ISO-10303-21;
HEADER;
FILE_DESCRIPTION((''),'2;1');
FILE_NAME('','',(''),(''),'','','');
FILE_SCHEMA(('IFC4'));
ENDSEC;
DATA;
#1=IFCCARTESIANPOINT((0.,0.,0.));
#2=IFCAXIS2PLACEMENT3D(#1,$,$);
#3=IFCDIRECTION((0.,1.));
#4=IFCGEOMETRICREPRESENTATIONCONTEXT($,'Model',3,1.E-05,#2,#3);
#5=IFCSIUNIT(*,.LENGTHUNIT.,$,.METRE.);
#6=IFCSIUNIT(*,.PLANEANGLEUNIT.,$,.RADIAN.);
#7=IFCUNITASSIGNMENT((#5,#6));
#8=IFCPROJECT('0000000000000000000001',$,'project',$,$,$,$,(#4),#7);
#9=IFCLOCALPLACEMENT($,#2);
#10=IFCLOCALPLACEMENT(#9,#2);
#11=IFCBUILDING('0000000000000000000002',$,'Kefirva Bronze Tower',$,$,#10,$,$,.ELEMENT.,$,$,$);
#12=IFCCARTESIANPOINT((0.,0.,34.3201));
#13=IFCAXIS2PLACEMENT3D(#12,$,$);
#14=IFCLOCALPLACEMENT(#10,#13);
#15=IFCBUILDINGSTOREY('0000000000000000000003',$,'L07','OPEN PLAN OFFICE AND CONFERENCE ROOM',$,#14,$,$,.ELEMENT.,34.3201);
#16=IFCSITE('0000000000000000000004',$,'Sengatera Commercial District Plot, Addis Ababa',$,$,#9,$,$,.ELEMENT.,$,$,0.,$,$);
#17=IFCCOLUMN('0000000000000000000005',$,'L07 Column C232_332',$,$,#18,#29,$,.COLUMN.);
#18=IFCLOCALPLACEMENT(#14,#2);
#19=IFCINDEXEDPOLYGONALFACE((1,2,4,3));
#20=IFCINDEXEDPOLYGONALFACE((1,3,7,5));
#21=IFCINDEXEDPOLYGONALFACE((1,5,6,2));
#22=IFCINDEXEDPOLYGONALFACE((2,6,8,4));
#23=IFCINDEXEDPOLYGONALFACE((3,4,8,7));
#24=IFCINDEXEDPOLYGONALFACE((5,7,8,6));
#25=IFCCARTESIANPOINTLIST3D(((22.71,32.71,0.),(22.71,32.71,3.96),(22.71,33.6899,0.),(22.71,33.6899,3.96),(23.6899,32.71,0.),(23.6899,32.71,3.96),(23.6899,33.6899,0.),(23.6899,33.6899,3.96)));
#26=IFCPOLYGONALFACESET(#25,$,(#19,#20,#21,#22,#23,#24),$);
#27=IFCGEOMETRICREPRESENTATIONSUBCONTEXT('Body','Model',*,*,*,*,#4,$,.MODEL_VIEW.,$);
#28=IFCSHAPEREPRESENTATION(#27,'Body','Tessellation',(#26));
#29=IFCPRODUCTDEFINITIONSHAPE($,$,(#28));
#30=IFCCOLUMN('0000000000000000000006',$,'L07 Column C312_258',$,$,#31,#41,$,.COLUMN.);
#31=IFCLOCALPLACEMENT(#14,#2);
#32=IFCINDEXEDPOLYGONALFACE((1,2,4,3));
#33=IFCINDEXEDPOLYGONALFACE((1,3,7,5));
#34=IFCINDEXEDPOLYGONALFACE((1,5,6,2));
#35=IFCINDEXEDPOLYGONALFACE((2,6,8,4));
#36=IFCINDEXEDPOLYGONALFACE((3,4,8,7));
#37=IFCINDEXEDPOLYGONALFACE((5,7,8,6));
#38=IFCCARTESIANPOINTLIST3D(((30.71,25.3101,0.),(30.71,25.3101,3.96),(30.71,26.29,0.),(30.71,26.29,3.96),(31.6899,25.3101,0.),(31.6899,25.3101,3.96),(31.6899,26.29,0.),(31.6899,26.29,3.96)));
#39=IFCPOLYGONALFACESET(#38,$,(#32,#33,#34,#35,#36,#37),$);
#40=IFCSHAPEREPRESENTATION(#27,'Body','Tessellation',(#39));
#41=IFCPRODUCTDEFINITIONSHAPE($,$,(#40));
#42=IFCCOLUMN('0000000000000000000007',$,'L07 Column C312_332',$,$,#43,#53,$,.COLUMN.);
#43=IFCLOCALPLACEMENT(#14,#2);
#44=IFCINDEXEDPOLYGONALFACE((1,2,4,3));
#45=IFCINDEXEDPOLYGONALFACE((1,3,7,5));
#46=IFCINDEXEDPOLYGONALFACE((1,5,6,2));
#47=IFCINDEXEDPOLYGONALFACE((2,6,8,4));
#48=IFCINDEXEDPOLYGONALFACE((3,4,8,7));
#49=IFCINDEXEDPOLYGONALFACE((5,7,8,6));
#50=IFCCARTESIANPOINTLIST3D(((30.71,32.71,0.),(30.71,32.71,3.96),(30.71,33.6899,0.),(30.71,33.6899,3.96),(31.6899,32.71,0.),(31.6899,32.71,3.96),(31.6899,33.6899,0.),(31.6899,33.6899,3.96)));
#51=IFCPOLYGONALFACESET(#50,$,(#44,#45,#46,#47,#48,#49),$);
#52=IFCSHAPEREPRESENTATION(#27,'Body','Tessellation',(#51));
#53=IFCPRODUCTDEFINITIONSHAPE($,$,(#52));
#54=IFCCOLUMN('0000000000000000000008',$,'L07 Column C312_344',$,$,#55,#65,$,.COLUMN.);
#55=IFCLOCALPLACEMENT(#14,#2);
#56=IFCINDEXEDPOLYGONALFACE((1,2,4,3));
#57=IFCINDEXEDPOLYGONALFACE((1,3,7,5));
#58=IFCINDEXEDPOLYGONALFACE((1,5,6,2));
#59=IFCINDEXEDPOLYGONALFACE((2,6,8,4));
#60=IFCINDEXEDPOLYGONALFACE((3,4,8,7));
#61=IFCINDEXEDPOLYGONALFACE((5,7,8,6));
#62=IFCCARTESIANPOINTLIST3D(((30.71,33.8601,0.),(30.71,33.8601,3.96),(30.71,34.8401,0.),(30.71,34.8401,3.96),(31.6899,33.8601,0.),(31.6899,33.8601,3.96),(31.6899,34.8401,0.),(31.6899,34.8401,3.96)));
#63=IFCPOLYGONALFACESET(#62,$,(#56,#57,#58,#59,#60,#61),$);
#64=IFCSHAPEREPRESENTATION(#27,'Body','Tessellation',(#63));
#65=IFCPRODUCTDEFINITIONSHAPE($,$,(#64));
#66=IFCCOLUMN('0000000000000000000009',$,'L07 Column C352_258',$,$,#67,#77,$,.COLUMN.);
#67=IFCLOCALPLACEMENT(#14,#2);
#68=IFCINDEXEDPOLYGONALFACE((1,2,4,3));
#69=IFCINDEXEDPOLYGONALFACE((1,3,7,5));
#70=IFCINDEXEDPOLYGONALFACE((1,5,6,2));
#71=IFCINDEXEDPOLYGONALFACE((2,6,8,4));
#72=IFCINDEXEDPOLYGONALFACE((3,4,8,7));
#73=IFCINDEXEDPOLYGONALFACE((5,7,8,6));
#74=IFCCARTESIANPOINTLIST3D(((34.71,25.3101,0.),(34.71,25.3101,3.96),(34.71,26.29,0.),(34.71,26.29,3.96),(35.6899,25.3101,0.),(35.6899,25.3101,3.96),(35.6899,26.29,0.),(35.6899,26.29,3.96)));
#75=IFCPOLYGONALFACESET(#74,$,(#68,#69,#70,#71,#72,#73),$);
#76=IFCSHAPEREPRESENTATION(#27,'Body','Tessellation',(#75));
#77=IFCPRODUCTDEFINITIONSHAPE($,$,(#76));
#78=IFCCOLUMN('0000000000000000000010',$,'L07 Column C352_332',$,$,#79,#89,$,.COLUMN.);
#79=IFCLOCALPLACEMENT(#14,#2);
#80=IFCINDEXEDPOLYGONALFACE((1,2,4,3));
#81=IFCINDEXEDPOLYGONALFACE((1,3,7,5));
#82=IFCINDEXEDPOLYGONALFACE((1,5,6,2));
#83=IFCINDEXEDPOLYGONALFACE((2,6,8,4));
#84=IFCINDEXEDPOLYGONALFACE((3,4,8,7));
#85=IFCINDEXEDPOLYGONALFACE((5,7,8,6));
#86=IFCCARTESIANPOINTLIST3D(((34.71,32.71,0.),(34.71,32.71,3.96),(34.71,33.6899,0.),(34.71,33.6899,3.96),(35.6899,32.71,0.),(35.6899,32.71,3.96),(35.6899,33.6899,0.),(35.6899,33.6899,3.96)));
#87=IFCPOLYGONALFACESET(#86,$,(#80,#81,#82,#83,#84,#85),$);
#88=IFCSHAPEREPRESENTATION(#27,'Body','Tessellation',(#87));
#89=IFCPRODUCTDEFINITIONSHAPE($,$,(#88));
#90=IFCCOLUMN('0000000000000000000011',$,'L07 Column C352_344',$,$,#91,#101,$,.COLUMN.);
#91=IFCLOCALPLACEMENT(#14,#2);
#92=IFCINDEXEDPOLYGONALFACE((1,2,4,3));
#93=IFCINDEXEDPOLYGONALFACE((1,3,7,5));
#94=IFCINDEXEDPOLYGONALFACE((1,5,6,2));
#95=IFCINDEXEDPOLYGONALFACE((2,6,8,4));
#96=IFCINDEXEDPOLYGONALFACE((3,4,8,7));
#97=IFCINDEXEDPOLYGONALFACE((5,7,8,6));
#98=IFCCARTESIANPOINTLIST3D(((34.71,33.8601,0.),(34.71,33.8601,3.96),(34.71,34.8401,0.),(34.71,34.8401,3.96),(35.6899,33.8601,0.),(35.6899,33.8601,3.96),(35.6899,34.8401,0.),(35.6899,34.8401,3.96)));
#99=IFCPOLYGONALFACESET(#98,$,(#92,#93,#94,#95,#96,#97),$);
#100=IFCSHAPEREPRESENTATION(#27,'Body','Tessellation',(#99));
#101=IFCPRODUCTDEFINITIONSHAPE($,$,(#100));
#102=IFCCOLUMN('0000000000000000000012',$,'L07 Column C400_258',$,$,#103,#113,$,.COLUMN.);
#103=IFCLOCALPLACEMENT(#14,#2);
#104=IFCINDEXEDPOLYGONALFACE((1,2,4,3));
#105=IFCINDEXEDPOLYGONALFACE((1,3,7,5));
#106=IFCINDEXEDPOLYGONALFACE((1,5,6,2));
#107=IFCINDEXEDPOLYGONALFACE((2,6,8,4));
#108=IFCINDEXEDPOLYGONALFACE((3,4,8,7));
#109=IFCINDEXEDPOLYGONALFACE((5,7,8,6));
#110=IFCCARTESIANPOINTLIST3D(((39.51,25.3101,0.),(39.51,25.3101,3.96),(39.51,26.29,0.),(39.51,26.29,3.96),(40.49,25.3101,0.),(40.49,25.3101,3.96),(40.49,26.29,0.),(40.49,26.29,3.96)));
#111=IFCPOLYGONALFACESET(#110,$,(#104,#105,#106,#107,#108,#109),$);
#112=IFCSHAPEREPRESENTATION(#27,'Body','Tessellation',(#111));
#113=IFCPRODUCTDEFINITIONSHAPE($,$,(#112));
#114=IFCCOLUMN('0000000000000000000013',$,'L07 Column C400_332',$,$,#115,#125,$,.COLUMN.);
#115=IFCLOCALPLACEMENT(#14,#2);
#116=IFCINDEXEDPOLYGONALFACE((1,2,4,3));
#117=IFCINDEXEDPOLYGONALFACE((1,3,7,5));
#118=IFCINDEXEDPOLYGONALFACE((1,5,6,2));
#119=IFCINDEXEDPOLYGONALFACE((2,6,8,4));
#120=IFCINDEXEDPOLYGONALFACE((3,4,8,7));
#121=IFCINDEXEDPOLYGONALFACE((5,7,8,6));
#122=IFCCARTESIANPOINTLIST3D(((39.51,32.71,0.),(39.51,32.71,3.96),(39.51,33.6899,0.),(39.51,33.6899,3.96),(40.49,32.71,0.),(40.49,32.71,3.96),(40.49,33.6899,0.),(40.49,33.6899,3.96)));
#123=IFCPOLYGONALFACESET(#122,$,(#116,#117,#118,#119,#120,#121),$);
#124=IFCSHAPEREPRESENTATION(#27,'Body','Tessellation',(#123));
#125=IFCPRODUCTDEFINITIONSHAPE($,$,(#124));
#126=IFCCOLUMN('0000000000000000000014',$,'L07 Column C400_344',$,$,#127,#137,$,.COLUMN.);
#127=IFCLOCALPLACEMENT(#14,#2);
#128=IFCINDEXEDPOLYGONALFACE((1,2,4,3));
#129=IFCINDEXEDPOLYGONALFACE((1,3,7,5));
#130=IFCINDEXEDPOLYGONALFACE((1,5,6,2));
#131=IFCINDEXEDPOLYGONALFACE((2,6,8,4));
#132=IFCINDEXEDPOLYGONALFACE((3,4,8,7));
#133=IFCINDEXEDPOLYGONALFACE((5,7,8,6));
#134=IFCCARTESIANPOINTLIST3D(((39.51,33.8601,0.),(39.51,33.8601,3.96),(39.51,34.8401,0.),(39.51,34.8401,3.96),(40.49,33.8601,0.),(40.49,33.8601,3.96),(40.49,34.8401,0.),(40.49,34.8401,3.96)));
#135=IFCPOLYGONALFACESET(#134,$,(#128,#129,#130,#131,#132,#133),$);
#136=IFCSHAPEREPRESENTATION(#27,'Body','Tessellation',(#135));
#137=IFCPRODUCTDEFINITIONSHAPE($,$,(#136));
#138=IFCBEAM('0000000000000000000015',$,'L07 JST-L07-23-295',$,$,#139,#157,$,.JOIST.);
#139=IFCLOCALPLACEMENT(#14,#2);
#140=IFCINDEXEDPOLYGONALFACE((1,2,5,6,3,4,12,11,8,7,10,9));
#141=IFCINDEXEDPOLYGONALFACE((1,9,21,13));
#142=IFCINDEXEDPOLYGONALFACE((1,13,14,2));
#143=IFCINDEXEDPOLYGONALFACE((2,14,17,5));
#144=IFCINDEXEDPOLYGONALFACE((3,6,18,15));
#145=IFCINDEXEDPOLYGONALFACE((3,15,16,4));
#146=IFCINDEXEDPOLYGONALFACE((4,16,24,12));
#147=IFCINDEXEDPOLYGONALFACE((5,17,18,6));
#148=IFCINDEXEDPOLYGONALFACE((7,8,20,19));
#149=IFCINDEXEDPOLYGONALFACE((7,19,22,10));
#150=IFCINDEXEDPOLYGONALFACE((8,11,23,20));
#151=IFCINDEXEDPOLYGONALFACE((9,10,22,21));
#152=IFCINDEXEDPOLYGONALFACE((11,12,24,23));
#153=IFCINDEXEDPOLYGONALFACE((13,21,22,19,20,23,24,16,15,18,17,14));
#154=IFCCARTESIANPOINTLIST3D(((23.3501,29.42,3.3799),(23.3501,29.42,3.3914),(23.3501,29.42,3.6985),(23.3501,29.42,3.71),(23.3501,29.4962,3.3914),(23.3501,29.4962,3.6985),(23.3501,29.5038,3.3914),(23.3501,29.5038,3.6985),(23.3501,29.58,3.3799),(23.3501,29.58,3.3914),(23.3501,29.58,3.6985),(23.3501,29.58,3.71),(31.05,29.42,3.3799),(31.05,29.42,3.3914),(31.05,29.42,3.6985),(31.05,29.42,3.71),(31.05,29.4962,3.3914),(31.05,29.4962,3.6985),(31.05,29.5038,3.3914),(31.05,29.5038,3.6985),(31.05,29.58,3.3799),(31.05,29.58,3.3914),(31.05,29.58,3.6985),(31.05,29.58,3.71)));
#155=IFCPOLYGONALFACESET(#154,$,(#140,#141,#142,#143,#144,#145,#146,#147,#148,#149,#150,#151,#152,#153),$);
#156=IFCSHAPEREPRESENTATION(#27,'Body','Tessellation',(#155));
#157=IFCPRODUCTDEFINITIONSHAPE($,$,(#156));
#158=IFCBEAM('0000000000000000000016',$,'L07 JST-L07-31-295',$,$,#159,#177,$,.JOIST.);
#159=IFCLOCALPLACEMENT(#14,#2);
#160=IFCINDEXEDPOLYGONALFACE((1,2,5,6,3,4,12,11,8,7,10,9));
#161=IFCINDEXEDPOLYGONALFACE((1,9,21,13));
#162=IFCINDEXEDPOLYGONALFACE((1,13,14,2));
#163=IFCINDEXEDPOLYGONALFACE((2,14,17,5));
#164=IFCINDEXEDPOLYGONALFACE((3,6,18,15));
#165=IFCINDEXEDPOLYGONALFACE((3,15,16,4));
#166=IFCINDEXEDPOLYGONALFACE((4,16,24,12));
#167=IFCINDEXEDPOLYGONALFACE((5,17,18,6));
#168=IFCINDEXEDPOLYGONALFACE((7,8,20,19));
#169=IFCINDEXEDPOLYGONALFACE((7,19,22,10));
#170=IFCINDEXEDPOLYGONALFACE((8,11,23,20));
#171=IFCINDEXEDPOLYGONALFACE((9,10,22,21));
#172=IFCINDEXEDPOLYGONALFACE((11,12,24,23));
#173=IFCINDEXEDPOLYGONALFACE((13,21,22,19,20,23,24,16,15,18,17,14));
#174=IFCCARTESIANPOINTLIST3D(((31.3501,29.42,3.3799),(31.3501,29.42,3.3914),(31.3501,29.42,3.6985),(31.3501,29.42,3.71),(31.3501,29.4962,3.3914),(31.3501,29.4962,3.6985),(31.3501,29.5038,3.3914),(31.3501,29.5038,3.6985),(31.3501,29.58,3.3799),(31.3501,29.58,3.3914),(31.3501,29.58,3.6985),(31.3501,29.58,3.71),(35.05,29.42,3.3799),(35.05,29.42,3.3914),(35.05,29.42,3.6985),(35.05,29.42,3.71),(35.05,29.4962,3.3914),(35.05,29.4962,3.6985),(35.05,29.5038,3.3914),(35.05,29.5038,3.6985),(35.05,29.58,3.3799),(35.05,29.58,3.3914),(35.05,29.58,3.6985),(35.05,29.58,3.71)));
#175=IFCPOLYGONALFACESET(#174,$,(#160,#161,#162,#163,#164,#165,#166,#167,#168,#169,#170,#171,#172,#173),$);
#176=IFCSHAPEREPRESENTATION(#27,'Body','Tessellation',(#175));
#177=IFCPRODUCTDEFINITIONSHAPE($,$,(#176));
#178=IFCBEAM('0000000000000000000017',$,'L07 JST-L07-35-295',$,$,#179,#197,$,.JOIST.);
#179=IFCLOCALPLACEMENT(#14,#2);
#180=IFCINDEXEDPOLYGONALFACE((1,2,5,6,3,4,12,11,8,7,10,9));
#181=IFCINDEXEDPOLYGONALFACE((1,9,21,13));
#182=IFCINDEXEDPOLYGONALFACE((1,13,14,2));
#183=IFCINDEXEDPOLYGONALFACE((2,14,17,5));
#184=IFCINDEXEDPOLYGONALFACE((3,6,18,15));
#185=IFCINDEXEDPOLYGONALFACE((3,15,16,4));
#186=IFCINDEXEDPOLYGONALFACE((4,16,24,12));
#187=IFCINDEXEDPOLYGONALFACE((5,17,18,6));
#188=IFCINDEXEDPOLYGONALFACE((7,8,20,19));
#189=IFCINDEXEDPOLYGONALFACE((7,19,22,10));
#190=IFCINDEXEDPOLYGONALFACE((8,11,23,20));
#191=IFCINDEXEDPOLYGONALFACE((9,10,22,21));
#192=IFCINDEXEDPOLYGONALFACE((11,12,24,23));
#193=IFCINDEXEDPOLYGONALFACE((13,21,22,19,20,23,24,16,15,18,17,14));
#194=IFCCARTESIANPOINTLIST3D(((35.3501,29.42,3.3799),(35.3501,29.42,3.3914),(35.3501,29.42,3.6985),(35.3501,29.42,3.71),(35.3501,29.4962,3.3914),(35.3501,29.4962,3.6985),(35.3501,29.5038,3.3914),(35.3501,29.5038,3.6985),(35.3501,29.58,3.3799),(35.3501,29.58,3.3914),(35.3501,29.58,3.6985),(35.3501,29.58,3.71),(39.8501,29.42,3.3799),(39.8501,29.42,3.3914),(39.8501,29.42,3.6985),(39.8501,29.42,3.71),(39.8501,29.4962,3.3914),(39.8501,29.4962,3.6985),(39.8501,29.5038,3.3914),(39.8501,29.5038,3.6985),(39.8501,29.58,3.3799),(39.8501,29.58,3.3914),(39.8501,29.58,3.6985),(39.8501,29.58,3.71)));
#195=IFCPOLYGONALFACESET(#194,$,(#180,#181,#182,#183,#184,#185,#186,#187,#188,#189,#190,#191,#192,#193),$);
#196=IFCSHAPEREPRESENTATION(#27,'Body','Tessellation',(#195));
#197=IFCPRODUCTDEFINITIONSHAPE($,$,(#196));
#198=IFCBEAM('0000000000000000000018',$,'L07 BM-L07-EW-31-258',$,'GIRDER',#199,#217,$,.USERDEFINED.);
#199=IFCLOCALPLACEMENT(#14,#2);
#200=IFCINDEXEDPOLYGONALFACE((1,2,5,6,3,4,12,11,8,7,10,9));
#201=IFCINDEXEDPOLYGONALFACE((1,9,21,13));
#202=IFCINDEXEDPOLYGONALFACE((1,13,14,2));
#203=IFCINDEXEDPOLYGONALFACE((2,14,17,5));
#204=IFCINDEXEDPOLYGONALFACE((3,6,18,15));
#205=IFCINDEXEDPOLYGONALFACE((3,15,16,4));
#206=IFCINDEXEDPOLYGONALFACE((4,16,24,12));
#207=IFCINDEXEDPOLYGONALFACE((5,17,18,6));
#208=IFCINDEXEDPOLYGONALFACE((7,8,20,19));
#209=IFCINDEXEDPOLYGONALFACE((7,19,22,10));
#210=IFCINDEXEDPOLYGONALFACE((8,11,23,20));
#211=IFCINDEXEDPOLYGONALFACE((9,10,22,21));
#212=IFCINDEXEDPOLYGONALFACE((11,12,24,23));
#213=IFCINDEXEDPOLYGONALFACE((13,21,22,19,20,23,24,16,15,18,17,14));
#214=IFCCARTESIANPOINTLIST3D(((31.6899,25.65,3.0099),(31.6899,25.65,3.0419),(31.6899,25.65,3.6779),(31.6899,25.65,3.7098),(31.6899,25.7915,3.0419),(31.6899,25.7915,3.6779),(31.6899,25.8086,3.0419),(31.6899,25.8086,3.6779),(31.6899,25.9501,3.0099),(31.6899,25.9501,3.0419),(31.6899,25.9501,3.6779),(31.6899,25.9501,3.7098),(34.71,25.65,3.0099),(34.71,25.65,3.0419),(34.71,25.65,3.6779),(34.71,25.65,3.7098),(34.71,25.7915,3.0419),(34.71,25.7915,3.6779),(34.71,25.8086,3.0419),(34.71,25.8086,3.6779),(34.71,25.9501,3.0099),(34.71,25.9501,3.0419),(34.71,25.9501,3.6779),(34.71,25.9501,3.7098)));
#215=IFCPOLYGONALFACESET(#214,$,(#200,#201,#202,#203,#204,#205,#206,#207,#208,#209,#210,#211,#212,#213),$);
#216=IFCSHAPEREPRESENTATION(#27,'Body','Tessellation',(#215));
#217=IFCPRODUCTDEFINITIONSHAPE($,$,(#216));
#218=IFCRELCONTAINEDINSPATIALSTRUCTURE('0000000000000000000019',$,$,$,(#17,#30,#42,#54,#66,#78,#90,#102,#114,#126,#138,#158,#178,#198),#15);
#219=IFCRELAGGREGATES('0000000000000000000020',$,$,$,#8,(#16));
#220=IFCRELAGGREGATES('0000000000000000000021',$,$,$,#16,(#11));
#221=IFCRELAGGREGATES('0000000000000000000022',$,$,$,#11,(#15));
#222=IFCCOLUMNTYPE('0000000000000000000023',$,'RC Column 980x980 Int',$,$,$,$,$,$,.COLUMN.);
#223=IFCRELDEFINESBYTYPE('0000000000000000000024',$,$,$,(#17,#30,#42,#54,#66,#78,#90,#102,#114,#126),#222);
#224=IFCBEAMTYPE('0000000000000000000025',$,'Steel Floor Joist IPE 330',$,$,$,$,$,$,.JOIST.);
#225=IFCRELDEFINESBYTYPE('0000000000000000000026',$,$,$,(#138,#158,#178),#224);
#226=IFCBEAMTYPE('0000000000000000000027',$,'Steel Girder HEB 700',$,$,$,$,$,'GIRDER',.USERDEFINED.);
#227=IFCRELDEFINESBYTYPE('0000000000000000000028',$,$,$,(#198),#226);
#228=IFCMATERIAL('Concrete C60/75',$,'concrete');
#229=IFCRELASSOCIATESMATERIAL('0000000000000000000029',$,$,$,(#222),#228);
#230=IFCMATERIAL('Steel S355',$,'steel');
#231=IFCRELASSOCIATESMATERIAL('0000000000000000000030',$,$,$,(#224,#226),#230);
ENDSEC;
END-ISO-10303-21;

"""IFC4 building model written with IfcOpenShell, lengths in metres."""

from ifc_helpers import new_model, si_unit, direction, frame, origin, origin_2d, place, context, subcontext, project, spatial, rectangle, i_section, extrude, material, material_profile, profile_set, type_object, element, save


model = new_model("IFC4")

# Units and contexts
model_context = context("Model", 3, precision=1e-05, world=origin(), true_north=direction((0.0, 1.0)))
body_context = subcontext(model_context, "Body", "Model", "MODEL_VIEW")
ifc_project = project(units=[si_unit("LENGTHUNIT", "METRE"), si_unit("PLANEANGLEUNIT", "RADIAN")], contexts=[model_context])

# Site, building, storey
site_placement = place(None, origin())
site = spatial("IfcSite", under=ifc_project, at=site_placement, Name="Sengatera Commercial District Plot, Addis Ababa", CompositionType="ELEMENT", RefElevation=0.0)
building_placement = place(site_placement, origin())
building = spatial("IfcBuilding", under=site, at=building_placement, Name="Kefirva Bronze Tower", CompositionType="ELEMENT")
storey_placement = place(building_placement, frame((0.0, 0.0, 34.3201)))
storey = spatial("IfcBuildingStorey", under=building, at=storey_placement, Name="L07", Description="OPEN PLAN OFFICE AND CONFERENCE ROOM", CompositionType="ELEMENT", Elevation=34.3201)

# Columns
ifc_material_1 = material(Name="Concrete C60/75", Category="concrete")
ifc_material_profile_1 = material_profile(ifc_material_1, rectangle(XDim=0.98, YDim=0.98, at=origin_2d()), Name="RC 980x980")
ifc_profile_set_1 = profile_set([ifc_material_profile_1], Name="Concrete C60/75")
column_type = type_object("IfcColumnType", Name="RC Column 980x980 Int", PredefinedType="COLUMN", material=ifc_profile_set_1)
for number, where, z_axis, x_axis, name in (
    (1, (23.2, 33.2, 0.0), (0.0, 0.0, 1.0), (1.0, 0.0, 0.0), "L07 Column C232_332"),
    (2, (31.2, 25.8, 0.0), (0.0, 0.0, 1.0), (1.0, 0.0, 0.0), "L07 Column C312_258"),
    (3, (31.2, 33.2, 0.0), (0.0, 0.0, 1.0), (1.0, 0.0, 0.0), "L07 Column C312_332"),
    (4, (31.2, 34.3501, 0.0), (0.0, 0.0, 1.0), (1.0, 0.0, 0.0), "L07 Column C312_344"),
    (5, (35.2, 25.8, 0.0), (0.0, 0.0, 1.0), (1.0, 0.0, 0.0), "L07 Column C352_258"),
    (6, (35.2, 33.2, 0.0), (0.0, 0.0, 1.0), (1.0, 0.0, 0.0), "L07 Column C352_332"),
    (7, (35.2, 34.3501, 0.0), (0.0, 0.0, 1.0), (1.0, 0.0, 0.0), "L07 Column C352_344"),
    (8, (40.0, 25.8, 0.0), (0.0, 0.0, 1.0), (1.0, 0.0, 0.0), "L07 Column C400_258"),
    (9, (40.0, 33.2, 0.0), (0.0, 0.0, 1.0), (1.0, 0.0, 0.0), "L07 Column C400_332"),
    (10, (40.0, 34.3501, 0.0), (0.0, 0.0, 1.0), (1.0, 0.0, 0.0), "L07 Column C400_344"),
):
    element("IfcColumn", number, at=place(storey_placement, frame(where, z_axis=z_axis, x_axis=x_axis)), inside=storey, type_object=column_type, Name=name, PredefinedType="COLUMN", context=body_context, shape_type="SweptSolid", body=[
        extrude(rectangle(XDim=0.98, YDim=0.98, at=origin_2d()), origin(), (0.0, 0.0, 1.0), 3.96),
    ])

# Beams
ifc_material_2 = material(Name="Steel S355", Category="steel")
ifc_material_profile_2 = material_profile(ifc_material_2, i_section(OverallWidth=0.1599, OverallDepth=0.3301, WebThickness=0.0076, FlangeThickness=0.0115, at=origin_2d()), Name="IPE 330")
ifc_profile_set_2 = profile_set([ifc_material_profile_2], Name="Steel S355")
beam_type_1 = type_object("IfcBeamType", Name="Steel Floor Joist IPE 330", PredefinedType="JOIST", material=ifc_profile_set_2)
beam_1_placement = place(storey_placement, frame((23.3501, 29.5, 3.5449), z_axis=(1.0, 0.0, 0.0), x_axis=(0.0, 1.0, 0.0)))
element("IfcBeam", 11, at=beam_1_placement, inside=storey, type_object=beam_type_1, Name="L07 JST-L07-23-295", PredefinedType="JOIST", context=body_context, shape_type="SweptSolid", body=[
    extrude(i_section(OverallWidth=0.1599, OverallDepth=0.3301, WebThickness=0.0076, FlangeThickness=0.0115, at=origin_2d()), origin(), (0.0, 0.0, 1.0), 7.7),
])
beam_2_placement = place(storey_placement, frame((31.3501, 29.5, 3.5449), z_axis=(1.0, 0.0, 0.0), x_axis=(0.0, 1.0, 0.0)))
element("IfcBeam", 12, at=beam_2_placement, inside=storey, type_object=beam_type_1, Name="L07 JST-L07-31-295", PredefinedType="JOIST", context=body_context, shape_type="SweptSolid", body=[
    extrude(i_section(OverallWidth=0.1599, OverallDepth=0.3301, WebThickness=0.0076, FlangeThickness=0.0115, at=origin_2d()), origin(), (0.0, 0.0, 1.0), 3.7),
])
beam_3_placement = place(storey_placement, frame((35.3501, 29.5, 3.5449), z_axis=(1.0, 0.0, 0.0), x_axis=(0.0, 1.0, 0.0)))
element("IfcBeam", 13, at=beam_3_placement, inside=storey, type_object=beam_type_1, Name="L07 JST-L07-35-295", PredefinedType="JOIST", context=body_context, shape_type="SweptSolid", body=[
    extrude(i_section(OverallWidth=0.1599, OverallDepth=0.3301, WebThickness=0.0076, FlangeThickness=0.0115, at=origin_2d()), origin(), (0.0, 0.0, 1.0), 4.5),
])
ifc_material_profile_3 = material_profile(ifc_material_2, i_section(OverallWidth=0.3, OverallDepth=0.7, WebThickness=0.0171, FlangeThickness=0.032, at=origin_2d()), Name="HEB 700")
ifc_profile_set_3 = profile_set([ifc_material_profile_3], Name="Steel S355")
beam_type_2 = type_object("IfcBeamType", Name="Steel Girder HEB 700", ElementType="GIRDER", PredefinedType="USERDEFINED", material=ifc_profile_set_3)
beam_4_placement = place(storey_placement, frame((31.6899, 25.8, 3.3599), z_axis=(1.0, 0.0, 0.0), x_axis=(0.0, 1.0, 0.0)))
element("IfcBeam", 14, at=beam_4_placement, inside=storey, type_object=beam_type_2, Name="L07 BM-L07-EW-31-258", ObjectType="GIRDER", PredefinedType="USERDEFINED", context=body_context, shape_type="SweptSolid", body=[
    extrude(i_section(OverallWidth=0.3, OverallDepth=0.7, WebThickness=0.0171, FlangeThickness=0.032, at=origin_2d()), origin(), (0.0, 0.0, 1.0), 3.02),
])

save(model, "model.ifc")
